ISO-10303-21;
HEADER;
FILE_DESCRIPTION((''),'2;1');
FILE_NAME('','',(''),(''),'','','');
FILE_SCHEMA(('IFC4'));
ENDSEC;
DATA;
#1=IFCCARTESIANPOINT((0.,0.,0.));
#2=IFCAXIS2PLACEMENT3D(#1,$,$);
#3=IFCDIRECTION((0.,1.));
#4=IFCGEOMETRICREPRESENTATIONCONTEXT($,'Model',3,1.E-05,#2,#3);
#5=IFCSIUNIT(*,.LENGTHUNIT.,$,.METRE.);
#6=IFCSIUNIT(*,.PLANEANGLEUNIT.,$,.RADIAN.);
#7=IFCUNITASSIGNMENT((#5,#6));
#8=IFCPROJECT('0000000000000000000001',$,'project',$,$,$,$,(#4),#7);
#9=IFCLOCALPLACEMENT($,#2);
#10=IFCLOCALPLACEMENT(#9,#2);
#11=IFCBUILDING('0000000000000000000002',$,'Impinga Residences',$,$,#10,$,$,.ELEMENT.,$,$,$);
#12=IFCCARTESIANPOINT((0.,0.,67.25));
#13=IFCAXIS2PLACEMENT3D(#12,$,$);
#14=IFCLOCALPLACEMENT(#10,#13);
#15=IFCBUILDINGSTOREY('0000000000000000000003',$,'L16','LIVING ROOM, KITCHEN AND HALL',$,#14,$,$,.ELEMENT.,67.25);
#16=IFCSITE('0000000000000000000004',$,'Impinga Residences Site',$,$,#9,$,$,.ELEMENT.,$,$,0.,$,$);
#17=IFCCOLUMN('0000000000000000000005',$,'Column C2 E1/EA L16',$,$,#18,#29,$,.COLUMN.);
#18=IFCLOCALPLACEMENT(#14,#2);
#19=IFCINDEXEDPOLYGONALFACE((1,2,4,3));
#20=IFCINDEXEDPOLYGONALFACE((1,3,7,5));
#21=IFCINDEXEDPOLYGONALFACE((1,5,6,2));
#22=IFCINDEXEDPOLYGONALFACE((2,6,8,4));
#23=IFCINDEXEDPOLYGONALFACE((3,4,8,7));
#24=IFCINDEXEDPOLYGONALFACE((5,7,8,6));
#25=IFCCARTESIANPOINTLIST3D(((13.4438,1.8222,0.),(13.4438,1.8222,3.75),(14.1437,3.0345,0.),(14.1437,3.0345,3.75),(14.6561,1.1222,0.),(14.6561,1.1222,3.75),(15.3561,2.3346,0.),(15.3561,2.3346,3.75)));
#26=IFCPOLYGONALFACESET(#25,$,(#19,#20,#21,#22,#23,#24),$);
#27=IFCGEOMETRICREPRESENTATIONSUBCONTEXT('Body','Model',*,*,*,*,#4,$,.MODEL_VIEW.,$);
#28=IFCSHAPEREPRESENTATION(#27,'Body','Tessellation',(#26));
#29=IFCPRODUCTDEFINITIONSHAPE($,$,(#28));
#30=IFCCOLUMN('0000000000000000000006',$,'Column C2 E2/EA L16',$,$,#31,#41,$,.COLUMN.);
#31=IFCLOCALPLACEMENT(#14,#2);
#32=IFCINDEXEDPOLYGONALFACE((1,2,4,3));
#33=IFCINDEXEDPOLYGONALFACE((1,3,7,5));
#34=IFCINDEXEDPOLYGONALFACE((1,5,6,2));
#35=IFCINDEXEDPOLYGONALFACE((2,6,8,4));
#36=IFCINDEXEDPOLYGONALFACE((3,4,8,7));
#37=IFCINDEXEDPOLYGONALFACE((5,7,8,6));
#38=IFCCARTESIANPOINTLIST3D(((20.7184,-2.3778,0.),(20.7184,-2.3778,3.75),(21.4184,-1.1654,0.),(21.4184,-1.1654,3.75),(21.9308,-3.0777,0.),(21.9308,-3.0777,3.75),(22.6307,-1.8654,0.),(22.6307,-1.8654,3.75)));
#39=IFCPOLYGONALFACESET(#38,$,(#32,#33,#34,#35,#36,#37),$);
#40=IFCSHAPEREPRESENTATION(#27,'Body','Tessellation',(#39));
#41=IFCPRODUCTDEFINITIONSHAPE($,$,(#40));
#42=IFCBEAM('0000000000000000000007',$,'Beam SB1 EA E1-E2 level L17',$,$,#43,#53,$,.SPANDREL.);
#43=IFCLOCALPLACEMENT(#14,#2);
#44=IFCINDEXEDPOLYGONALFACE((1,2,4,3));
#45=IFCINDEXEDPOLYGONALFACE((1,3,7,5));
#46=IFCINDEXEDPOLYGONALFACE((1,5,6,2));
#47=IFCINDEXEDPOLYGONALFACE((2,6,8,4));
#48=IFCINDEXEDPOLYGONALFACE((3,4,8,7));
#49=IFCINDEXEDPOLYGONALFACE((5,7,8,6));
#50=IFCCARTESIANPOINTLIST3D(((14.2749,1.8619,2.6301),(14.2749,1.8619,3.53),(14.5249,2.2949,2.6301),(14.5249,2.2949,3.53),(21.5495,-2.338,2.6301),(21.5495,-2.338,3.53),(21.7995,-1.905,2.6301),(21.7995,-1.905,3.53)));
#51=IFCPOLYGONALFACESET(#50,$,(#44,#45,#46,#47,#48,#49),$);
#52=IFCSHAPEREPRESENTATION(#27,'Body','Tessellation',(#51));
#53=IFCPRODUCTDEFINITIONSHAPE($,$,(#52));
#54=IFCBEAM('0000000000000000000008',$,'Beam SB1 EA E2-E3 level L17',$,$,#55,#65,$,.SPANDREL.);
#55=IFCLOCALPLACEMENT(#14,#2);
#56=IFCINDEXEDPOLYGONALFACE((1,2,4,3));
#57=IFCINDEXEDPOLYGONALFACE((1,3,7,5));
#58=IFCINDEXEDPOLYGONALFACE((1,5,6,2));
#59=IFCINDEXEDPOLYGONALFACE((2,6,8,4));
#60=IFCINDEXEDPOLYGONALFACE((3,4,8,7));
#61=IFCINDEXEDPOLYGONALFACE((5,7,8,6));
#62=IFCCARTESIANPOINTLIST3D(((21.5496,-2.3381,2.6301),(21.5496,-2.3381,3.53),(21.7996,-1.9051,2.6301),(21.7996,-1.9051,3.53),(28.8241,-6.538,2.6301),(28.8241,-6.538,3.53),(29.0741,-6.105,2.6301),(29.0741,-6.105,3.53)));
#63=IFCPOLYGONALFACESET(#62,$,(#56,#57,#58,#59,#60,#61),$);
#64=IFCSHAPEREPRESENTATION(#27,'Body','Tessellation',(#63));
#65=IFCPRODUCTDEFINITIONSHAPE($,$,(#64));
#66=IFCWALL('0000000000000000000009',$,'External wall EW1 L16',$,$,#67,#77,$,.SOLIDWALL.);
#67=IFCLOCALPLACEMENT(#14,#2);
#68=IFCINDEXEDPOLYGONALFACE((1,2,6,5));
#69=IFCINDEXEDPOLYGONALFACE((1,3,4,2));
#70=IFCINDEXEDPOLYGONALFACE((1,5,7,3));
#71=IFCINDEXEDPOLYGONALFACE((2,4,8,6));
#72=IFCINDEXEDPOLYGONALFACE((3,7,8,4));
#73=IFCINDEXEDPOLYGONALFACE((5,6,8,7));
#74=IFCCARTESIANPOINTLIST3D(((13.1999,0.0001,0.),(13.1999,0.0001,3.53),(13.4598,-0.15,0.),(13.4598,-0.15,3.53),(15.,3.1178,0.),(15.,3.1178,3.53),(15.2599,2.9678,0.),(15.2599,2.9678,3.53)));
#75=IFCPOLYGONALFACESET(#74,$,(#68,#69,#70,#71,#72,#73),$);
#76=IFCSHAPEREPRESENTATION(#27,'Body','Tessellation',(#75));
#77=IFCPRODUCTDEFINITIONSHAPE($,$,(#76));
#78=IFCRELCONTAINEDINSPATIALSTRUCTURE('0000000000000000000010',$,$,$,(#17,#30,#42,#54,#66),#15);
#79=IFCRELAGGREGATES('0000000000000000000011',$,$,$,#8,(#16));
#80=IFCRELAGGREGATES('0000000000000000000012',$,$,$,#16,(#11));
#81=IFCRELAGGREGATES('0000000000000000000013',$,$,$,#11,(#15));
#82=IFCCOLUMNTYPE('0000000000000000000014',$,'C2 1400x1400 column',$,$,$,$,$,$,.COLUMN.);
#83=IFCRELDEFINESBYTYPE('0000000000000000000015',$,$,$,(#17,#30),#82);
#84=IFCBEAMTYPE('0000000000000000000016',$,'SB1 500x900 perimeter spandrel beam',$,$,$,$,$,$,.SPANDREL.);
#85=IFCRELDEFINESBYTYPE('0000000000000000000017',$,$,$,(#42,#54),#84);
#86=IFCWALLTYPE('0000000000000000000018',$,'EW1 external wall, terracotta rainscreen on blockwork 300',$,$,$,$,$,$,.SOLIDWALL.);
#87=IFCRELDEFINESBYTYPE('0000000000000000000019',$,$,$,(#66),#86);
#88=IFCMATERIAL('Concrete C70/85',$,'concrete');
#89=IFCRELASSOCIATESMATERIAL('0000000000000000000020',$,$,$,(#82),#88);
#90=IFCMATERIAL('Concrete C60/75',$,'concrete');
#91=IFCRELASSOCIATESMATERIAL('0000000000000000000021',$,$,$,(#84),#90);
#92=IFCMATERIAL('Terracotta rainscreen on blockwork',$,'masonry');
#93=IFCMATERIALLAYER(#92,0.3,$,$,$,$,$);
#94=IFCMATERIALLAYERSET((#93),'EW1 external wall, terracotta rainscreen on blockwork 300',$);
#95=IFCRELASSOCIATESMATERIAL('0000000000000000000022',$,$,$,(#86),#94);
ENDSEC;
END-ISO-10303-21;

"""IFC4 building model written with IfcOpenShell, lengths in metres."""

from ifc_helpers import new_model, si_unit, direction, frame, frame_2d, origin, origin_2d, place, context, subcontext, project, spatial, rectangle, extrude, material, layer, layer_set, material_profile, profile_set, type_object, element, save


model = new_model("IFC4")

# Units and contexts
model_context = context("Model", 3, precision=1e-05, world=origin(), true_north=direction((0.0, 1.0)))
body_context = subcontext(model_context, "Body", "Model", "MODEL_VIEW")
ifc_project = project(units=[si_unit("LENGTHUNIT", "METRE"), si_unit("PLANEANGLEUNIT", "RADIAN")], contexts=[model_context])

# Site, building, storey
site_placement = place(None, origin())
site = spatial("IfcSite", under=ifc_project, at=site_placement, Name="Impinga Residences Site", CompositionType="ELEMENT", RefElevation=0.0)
building_placement = place(site_placement, origin())
building = spatial("IfcBuilding", under=site, at=building_placement, Name="Impinga Residences", CompositionType="ELEMENT")
storey_placement = place(building_placement, frame((0.0, 0.0, 67.25)))
storey = spatial("IfcBuildingStorey", under=building, at=storey_placement, Name="L16", Description="LIVING ROOM, KITCHEN AND HALL", CompositionType="ELEMENT", Elevation=67.25)

# Columns
ifc_material_1 = material(Name="Concrete C70/85", Category="concrete")
ifc_material_profile_1 = material_profile(ifc_material_1, rectangle(XDim=1.3999, YDim=1.3999, at=origin_2d()), Name="RC 1400x1400")
ifc_profile_set_1 = profile_set([ifc_material_profile_1], Name="Concrete C70/85")
column_type = type_object("IfcColumnType", Name="C2 1400x1400 column", PredefinedType="COLUMN", material=ifc_profile_set_1)
for number, where, z_axis, x_axis, name in (
    (1, (14.3999, 2.0784, 0.0), (0.0, 0.0, 1.0), (-0.5, -0.866025, 0.0), "Column C2 E1/EA L16"),
    (2, (21.6746, -2.1216, 0.0), (0.0, 0.0, 1.0), (-0.5, -0.866025, 0.0), "Column C2 E2/EA L16"),
):
    element("IfcColumn", number, at=place(storey_placement, frame(where, z_axis=z_axis, x_axis=x_axis)), inside=storey, type_object=column_type, Name=name, PredefinedType="COLUMN", context=body_context, shape_type="SweptSolid", body=[
        extrude(rectangle(XDim=1.3999, YDim=1.3999, at=origin_2d()), origin(), (0.0, 0.0, 1.0), 3.75),
    ])

# Beams
ifc_material_2 = material(Name="Concrete C60/75", Category="concrete")
ifc_material_profile_2 = material_profile(ifc_material_2, rectangle(XDim=0.5, YDim=0.8999, at=origin_2d()), Name="RC 500x900")
ifc_profile_set_2 = profile_set([ifc_material_profile_2], Name="Concrete C60/75")
beam_type = type_object("IfcBeamType", Name="SB1 500x900 perimeter spandrel beam", PredefinedType="SPANDREL", material=ifc_profile_set_2)
for number, where, z_axis, x_axis, name in (
    (3, (14.3999, 2.0784, 3.0801), (0.866029, -0.499993, 0.0), (0.499993, 0.866029, 0.0), "Beam SB1 EA E1-E2 level L17"),
    (4, (21.6746, -2.1216, 3.0801), (0.866029, -0.499993, 0.0), (0.499993, 0.866029, 0.0), "Beam SB1 EA E2-E3 level L17"),
):
    element("IfcBeam", number, at=place(storey_placement, frame(where, z_axis=z_axis, x_axis=x_axis)), inside=storey, type_object=beam_type, Name=name, PredefinedType="SPANDREL", context=body_context, shape_type="SweptSolid", body=[
        extrude(rectangle(XDim=0.5, YDim=0.8999, at=origin_2d()), origin(), (0.0, 0.0, 1.0), 8.3999),
    ])

# Wall
ifc_material_3 = material(Name="Terracotta rainscreen on blockwork", Category="masonry")
ifc_layer_1 = layer(ifc_material_3, 0.3)
ifc_layer_set_1 = layer_set([ifc_layer_1], Name="EW1 external wall, terracotta rainscreen on blockwork 300")
wall_type_1 = type_object("IfcWallType", Name="EW1 external wall, terracotta rainscreen on blockwork 300", PredefinedType="SOLIDWALL", material=ifc_layer_set_1)
wall_1_placement = place(storey_placement, frame((13.3298, -0.075, 0.0), z_axis=(0.0, 0.0, 1.0), x_axis=(0.500012, 0.866018, 0.0)))
element("IfcWall", 5, at=wall_1_placement, inside=storey, type_object=wall_type_1, Name="External wall EW1 L16", PredefinedType="SOLIDWALL", context=body_context, shape_type="SweptSolid", body=[
    extrude(rectangle(XDim=3.6001, YDim=0.3, at=frame_2d((1.8, 0.0))), origin(), (0.0, 0.0, 1.0), 3.53),
])

save(model, "model.ifc")
